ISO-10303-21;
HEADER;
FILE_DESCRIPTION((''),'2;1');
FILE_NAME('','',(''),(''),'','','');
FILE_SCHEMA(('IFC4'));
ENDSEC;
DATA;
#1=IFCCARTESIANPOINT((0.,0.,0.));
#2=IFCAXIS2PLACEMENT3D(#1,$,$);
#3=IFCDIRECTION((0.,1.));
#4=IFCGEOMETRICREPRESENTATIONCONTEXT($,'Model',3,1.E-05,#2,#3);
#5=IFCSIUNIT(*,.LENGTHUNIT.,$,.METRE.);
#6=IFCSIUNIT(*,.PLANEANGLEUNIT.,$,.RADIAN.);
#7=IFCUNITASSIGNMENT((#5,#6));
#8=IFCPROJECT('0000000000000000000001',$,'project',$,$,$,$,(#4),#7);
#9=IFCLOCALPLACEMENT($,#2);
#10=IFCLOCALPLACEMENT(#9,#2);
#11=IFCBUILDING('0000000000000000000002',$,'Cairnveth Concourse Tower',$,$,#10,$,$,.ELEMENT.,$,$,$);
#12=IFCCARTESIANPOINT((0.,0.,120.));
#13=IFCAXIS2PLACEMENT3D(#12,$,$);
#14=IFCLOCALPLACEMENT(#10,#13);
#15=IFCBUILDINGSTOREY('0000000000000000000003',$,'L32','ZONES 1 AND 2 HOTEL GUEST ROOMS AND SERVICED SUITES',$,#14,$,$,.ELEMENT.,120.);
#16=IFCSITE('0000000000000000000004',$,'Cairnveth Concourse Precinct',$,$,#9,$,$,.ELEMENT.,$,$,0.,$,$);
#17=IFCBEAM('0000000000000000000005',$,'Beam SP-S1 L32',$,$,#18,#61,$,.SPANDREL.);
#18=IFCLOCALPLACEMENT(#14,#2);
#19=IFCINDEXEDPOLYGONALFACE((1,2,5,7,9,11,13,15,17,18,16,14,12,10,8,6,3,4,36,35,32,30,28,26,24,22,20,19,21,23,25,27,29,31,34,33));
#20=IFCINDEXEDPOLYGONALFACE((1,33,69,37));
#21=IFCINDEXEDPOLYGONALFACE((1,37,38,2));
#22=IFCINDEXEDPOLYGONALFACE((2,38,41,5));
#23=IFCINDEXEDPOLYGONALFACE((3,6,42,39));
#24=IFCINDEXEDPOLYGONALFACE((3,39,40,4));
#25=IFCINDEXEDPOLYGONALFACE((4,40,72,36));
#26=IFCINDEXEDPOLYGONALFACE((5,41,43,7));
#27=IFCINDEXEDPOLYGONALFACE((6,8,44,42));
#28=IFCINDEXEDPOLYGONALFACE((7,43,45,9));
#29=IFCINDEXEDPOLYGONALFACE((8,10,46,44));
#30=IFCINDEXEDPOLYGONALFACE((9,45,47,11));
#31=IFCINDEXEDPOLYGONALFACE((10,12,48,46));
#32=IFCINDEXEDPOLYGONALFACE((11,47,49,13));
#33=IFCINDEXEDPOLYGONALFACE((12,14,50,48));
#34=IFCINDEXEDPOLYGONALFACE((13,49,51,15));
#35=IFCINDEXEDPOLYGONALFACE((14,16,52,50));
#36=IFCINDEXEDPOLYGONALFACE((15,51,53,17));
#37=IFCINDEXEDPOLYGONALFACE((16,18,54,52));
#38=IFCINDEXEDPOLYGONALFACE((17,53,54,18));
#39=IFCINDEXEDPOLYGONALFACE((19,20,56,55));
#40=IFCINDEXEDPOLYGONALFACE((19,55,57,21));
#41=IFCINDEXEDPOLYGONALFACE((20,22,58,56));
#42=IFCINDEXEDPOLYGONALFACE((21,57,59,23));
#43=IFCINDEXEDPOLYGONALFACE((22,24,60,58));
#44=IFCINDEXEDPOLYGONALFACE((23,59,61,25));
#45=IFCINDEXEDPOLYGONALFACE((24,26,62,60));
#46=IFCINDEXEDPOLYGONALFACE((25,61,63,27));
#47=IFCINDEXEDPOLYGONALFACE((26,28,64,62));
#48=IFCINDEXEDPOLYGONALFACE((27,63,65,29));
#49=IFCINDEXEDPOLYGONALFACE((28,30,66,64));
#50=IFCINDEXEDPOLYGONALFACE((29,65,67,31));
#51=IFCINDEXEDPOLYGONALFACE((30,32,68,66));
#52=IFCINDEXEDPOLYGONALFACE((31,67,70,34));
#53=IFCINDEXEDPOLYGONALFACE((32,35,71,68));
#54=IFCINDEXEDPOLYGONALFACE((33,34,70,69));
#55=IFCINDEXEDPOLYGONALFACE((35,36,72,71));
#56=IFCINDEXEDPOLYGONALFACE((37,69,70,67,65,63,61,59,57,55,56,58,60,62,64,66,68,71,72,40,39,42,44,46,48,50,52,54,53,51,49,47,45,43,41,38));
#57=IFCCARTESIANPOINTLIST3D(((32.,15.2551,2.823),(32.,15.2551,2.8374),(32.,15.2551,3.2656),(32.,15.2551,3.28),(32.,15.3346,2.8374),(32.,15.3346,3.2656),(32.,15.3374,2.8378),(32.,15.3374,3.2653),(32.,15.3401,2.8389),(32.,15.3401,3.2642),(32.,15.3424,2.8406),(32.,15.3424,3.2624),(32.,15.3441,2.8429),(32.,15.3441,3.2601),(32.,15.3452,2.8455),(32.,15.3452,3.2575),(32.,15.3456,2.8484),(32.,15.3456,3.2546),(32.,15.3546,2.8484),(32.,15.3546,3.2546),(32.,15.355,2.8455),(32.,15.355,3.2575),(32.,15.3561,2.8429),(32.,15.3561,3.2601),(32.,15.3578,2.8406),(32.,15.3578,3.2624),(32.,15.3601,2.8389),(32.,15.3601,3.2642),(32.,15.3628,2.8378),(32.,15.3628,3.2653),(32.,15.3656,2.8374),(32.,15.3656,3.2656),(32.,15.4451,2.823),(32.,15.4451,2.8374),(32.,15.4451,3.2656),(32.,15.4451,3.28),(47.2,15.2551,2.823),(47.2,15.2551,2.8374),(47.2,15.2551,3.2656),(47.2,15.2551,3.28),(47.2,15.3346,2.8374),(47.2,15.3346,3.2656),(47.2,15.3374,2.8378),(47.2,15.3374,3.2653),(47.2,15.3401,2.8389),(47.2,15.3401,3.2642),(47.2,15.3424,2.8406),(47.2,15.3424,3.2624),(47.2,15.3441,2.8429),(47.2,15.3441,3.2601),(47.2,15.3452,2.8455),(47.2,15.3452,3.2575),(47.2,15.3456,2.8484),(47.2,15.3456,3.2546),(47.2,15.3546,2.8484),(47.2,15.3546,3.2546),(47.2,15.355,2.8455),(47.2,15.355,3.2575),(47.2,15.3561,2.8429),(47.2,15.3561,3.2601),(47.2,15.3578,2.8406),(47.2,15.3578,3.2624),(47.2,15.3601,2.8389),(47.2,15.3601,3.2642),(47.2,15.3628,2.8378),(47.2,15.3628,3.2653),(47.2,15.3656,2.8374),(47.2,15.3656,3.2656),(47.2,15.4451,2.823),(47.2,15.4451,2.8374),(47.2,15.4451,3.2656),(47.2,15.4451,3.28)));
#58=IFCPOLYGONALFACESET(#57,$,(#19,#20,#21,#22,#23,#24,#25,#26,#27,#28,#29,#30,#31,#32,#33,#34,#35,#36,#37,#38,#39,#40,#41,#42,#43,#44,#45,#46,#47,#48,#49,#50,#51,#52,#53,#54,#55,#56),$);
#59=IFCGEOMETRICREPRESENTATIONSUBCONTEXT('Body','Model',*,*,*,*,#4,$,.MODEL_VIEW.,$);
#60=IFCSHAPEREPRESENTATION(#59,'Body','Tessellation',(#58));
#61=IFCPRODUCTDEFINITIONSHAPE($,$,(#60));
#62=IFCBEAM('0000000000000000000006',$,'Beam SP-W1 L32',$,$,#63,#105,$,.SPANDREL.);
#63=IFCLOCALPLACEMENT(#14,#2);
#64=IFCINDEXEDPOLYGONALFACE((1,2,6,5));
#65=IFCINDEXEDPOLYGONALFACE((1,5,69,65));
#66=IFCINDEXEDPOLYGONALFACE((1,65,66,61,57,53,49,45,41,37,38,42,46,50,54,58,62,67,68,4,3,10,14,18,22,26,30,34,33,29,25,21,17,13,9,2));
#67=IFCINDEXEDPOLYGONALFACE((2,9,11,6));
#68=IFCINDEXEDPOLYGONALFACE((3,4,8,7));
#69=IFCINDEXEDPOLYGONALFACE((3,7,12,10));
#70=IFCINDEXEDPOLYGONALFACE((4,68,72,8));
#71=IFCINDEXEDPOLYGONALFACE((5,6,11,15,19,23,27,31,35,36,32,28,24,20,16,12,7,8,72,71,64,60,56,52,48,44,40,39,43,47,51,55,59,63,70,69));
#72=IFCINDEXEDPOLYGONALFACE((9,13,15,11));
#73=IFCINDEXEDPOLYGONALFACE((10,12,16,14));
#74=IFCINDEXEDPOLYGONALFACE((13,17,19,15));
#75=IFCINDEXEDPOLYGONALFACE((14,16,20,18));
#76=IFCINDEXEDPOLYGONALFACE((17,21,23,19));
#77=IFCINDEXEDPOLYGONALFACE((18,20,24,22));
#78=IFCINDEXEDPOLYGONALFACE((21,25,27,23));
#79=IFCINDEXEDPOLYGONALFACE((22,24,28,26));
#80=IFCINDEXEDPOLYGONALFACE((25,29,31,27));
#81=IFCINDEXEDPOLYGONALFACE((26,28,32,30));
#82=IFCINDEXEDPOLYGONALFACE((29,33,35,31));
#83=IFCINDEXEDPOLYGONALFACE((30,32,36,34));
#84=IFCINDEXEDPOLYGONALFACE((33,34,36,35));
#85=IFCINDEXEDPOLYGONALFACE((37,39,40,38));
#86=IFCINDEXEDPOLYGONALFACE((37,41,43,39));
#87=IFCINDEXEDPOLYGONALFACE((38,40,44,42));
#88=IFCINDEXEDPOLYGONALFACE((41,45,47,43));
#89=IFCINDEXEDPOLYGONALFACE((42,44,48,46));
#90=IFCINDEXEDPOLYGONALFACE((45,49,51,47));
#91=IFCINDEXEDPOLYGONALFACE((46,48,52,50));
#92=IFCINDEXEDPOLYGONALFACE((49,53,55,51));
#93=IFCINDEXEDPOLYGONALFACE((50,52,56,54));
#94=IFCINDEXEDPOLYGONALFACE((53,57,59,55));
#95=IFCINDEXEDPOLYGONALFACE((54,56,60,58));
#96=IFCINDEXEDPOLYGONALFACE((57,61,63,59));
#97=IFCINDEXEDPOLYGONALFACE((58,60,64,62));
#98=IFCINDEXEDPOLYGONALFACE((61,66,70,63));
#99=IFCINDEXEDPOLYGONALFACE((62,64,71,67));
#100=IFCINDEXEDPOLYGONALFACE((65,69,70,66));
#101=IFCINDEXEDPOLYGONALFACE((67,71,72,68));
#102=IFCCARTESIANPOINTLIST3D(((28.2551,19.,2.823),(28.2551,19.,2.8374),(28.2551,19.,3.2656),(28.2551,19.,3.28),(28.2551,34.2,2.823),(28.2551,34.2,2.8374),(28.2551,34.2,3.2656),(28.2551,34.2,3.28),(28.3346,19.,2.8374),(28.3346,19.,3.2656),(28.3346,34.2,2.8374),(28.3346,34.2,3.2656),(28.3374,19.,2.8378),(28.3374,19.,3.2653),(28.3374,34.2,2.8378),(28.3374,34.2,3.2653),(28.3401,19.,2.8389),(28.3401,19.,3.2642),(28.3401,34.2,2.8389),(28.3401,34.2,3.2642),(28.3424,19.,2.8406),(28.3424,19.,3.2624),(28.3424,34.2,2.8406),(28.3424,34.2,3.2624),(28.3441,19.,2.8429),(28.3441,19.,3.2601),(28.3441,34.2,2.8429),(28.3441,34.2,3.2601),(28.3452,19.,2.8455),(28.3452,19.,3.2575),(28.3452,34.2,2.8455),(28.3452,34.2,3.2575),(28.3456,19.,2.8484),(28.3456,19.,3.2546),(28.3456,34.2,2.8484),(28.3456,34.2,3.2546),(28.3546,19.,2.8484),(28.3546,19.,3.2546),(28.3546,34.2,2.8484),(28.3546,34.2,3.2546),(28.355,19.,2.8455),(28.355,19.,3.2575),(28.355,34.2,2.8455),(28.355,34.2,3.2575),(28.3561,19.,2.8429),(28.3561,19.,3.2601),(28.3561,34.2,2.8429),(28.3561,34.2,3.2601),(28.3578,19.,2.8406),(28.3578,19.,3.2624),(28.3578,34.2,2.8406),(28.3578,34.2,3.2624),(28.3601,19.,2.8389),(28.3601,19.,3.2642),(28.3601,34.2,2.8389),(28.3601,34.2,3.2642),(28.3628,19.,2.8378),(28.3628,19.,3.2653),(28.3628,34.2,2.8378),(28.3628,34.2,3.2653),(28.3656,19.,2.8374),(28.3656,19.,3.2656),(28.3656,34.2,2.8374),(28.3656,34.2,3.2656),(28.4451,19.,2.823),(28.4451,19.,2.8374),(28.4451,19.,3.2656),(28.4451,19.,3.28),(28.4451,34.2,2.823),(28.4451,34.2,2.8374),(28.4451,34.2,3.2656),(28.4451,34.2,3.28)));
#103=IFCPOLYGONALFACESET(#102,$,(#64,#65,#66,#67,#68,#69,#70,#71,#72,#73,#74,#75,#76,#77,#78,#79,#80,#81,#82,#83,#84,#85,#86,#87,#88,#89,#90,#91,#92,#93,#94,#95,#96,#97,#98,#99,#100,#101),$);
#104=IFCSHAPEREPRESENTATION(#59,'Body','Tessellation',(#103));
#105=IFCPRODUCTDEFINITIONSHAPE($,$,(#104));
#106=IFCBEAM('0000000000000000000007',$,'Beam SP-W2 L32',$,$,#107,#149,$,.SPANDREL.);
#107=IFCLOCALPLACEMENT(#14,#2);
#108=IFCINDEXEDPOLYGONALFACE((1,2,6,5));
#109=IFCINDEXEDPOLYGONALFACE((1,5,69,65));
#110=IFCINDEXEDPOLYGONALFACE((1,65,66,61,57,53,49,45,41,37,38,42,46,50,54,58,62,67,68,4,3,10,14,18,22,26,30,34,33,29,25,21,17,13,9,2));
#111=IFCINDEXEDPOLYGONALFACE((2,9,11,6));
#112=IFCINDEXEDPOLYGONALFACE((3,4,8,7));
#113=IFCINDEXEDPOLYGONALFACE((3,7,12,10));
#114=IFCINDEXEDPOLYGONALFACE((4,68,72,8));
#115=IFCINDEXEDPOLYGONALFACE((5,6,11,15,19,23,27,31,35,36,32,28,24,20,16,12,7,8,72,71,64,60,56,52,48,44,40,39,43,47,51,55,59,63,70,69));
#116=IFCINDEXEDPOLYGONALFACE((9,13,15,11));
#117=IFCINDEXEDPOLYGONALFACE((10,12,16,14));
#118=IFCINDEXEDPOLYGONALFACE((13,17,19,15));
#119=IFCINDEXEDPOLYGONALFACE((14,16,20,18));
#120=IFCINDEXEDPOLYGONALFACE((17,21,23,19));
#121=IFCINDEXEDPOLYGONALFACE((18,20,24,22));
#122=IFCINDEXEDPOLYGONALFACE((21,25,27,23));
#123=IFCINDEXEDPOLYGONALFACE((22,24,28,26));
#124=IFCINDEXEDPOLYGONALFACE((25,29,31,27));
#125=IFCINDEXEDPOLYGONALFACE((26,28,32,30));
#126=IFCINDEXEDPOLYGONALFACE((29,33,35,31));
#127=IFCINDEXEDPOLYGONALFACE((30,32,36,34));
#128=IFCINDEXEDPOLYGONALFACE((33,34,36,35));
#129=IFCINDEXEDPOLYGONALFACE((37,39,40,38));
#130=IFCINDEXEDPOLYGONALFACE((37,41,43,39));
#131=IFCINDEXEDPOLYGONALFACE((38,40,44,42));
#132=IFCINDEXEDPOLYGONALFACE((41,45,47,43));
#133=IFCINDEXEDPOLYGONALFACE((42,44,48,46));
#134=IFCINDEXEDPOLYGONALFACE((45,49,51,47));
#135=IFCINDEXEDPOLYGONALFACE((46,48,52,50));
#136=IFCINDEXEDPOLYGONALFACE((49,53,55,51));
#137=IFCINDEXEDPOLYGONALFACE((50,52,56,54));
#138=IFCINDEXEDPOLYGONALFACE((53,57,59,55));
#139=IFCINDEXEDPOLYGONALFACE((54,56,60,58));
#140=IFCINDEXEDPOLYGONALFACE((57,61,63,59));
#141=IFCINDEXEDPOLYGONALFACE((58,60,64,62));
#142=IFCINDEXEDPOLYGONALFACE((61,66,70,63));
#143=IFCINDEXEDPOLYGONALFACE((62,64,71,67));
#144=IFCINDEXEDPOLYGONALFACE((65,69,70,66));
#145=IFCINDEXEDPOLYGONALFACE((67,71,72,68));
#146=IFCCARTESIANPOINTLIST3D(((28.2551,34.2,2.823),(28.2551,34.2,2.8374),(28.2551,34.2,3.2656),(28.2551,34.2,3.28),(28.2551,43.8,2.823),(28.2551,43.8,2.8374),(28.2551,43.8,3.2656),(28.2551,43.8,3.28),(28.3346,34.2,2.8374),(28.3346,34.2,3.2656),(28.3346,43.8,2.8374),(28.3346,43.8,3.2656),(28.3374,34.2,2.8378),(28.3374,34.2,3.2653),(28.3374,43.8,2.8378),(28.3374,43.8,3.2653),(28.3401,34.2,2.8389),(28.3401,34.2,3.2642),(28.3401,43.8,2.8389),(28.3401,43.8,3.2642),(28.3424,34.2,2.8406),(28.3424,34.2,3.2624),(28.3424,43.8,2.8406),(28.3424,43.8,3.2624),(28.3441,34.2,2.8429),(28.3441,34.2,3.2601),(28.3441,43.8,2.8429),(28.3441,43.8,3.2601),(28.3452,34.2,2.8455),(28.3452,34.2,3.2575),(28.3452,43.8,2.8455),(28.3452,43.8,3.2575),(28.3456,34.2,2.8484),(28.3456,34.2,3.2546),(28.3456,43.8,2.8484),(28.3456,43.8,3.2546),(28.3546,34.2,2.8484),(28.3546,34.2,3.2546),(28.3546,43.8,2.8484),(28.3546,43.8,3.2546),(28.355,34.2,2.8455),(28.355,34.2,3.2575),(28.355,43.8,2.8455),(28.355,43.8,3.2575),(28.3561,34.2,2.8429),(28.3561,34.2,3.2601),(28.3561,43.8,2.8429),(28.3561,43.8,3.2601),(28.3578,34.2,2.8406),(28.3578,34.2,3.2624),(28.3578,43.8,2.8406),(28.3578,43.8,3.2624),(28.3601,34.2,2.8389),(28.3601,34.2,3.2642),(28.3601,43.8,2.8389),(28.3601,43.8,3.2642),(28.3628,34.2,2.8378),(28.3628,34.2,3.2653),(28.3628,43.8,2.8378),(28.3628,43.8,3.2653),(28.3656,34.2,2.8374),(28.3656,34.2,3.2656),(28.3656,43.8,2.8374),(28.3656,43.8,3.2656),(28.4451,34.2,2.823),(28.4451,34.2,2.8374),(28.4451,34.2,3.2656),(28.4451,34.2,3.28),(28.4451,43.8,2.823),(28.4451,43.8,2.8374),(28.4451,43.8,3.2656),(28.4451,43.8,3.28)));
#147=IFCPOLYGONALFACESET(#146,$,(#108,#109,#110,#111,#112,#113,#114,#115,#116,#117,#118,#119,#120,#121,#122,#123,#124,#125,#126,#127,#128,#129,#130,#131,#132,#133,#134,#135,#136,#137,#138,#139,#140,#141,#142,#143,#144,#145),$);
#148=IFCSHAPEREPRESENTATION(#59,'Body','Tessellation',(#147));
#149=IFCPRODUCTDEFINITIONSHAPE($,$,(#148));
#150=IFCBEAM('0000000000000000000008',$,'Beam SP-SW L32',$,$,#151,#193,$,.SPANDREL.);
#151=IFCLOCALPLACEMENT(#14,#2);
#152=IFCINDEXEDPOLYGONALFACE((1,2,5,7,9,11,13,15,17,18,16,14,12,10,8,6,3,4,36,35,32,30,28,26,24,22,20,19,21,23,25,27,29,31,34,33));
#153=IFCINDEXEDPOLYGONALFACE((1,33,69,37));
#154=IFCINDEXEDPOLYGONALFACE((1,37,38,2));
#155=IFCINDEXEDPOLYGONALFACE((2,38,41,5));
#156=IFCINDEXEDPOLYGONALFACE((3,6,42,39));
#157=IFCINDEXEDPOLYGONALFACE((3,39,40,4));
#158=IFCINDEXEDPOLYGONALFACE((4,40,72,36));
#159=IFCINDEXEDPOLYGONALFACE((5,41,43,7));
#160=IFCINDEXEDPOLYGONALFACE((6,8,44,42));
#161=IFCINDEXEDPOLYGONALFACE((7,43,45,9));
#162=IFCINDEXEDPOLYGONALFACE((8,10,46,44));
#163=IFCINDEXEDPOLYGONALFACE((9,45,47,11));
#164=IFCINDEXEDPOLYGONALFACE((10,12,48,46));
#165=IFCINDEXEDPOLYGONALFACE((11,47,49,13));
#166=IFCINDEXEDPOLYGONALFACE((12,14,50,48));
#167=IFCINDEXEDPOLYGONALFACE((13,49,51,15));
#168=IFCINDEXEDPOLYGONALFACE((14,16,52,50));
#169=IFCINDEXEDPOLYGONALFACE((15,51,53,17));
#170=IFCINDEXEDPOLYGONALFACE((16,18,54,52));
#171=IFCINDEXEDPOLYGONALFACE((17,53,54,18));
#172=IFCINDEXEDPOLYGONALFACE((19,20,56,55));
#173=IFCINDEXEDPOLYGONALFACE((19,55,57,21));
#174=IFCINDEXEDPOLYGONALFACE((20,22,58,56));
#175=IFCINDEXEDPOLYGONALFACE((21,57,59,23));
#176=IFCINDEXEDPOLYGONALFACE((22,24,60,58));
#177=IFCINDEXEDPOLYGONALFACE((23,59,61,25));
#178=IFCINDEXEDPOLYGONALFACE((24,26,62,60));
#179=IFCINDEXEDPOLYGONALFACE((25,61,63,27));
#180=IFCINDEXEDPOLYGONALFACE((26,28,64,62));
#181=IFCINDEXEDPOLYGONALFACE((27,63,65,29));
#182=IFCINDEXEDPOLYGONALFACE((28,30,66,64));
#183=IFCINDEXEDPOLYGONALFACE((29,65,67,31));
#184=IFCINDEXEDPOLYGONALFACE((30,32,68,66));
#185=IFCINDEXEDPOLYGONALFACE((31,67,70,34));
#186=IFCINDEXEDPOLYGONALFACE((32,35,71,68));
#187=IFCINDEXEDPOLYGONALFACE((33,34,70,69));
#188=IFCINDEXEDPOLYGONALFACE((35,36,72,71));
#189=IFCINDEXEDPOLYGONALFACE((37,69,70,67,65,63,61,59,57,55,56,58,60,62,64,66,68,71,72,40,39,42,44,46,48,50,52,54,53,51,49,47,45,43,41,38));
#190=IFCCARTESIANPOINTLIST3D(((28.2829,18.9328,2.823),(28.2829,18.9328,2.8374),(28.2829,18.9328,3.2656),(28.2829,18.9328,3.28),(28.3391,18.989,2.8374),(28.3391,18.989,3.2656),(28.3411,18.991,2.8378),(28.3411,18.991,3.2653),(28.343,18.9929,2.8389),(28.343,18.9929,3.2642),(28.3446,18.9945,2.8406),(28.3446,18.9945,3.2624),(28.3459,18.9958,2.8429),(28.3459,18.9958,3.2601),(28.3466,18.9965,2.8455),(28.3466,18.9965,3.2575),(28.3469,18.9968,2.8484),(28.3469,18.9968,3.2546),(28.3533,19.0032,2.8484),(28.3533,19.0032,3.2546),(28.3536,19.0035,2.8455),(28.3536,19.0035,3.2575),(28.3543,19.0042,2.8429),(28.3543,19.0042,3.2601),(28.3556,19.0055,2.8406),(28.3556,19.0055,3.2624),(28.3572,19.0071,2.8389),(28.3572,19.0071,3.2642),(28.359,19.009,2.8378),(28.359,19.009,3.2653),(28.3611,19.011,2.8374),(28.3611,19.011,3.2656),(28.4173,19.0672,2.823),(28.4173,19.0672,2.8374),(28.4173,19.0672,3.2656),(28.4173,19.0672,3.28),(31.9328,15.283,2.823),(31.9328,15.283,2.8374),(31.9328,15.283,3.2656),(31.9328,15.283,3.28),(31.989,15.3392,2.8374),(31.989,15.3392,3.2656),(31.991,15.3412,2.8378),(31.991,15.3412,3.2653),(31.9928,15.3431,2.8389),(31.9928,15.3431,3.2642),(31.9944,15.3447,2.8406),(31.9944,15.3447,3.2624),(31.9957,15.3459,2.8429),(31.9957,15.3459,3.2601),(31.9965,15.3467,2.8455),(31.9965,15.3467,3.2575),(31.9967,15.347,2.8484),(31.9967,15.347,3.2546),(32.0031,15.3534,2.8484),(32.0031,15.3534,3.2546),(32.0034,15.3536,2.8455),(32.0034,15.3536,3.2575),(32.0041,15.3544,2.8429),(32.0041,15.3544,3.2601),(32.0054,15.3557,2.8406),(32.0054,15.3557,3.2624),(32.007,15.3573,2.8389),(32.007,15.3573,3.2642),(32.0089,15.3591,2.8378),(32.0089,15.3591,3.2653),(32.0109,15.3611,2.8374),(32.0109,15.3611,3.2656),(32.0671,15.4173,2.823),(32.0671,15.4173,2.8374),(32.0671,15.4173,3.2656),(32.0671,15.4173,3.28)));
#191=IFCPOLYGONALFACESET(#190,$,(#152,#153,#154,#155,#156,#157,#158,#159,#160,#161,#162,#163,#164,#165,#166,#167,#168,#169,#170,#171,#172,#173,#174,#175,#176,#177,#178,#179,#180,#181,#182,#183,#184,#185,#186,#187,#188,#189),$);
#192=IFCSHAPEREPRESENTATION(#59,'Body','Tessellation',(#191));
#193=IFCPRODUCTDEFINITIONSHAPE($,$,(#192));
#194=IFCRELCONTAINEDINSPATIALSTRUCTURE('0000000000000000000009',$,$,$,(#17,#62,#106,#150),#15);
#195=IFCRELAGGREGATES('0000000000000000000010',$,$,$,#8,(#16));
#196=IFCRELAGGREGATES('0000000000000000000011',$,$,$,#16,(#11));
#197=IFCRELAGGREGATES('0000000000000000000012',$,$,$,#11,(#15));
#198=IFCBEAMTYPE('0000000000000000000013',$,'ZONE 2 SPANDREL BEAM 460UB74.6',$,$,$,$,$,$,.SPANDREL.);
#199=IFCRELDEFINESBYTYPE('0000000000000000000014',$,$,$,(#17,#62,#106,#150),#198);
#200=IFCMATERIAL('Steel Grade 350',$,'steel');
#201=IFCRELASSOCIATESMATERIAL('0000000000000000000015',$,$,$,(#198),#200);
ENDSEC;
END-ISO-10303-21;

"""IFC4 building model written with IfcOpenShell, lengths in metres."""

from ifc_helpers import new_model, si_unit, direction, frame, origin, origin_2d, place, context, subcontext, project, spatial, i_section, extrude, material, material_profile, profile_set, type_object, element, save


model = new_model("IFC4")

# Units and contexts
model_context = context("Model", 3, precision=1e-05, world=origin(), true_north=direction((0.0, 1.0)))
body_context = subcontext(model_context, "Body", "Model", "MODEL_VIEW")
ifc_project = project(units=[si_unit("LENGTHUNIT", "METRE"), si_unit("PLANEANGLEUNIT", "RADIAN")], contexts=[model_context])

# Site, building, storey
site_placement = place(None, origin())
site = spatial("IfcSite", under=ifc_project, at=site_placement, Name="Cairnveth Concourse Precinct", CompositionType="ELEMENT", RefElevation=0.0)
building_placement = place(site_placement, origin())
building = spatial("IfcBuilding", under=site, at=building_placement, Name="Cairnveth Concourse Tower", CompositionType="ELEMENT")
storey_placement = place(building_placement, frame((0.0, 0.0, 120.0)))
storey = spatial("IfcBuildingStorey", under=building, at=storey_placement, Name="L32", Description="ZONES 1 AND 2 HOTEL GUEST ROOMS AND SERVICED SUITES", CompositionType="ELEMENT", Elevation=120.0)

# Shared definitions
ifc_material_1 = material(Name="Steel Grade 350", Category="steel")

# Beams
ifc_material_profile_1 = material_profile(ifc_material_1, i_section(OverallWidth=0.1899, OverallDepth=0.457, WebThickness=0.009, FlangeThickness=0.0144, FilletRadius=0.011, at=origin_2d()), Name="460UB74.6")
ifc_profile_set_1 = profile_set([ifc_material_profile_1], Name="Steel Grade 350")
beam_type_1 = type_object("IfcBeamType", Name="ZONE 2 SPANDREL BEAM 460UB74.6", PredefinedType="SPANDREL", material=ifc_profile_set_1)
for number, where, z_axis, x_axis, name in (
    (1, (32.0, 15.3501, 3.0515), (1.0, 0.0, 0.0), (0.0, 1.0, 0.0), "Beam SP-S1 L32"),
    (2, (28.3501, 19.0, 3.0515), (0.0, 1.0, 0.0), (-1.0, 0.0, 0.0), "Beam SP-W1 L32"),
):
    element("IfcBeam", number, at=place(storey_placement, frame(where, z_axis=z_axis, x_axis=x_axis)), inside=storey, type_object=beam_type_1, Name=name, PredefinedType="SPANDREL", context=body_context, shape_type="SweptSolid", body=[
        extrude(i_section(OverallWidth=0.1899, OverallDepth=0.457, WebThickness=0.009, FlangeThickness=0.0144, FilletRadius=0.011, at=origin_2d()), origin(), (0.0, 0.0, 1.0), 15.2),
    ])
beam_1_placement = place(storey_placement, frame((28.3501, 34.2, 3.0515), z_axis=(0.0, 1.0, 0.0), x_axis=(-1.0, 0.0, 0.0)))
element("IfcBeam", 3, at=beam_1_placement, inside=storey, type_object=beam_type_1, Name="Beam SP-W2 L32", PredefinedType="SPANDREL", context=body_context, shape_type="SweptSolid", body=[
    extrude(i_section(OverallWidth=0.1899, OverallDepth=0.457, WebThickness=0.009, FlangeThickness=0.0144, FilletRadius=0.011, at=origin_2d()), origin(), (0.0, 0.0, 1.0), 9.6001),
])
beam_2_placement = place(storey_placement, frame((28.3501, 19.0, 3.0515), z_axis=(0.707107, -0.707107, 0.0), x_axis=(0.707107, 0.707107, 0.0)))
element("IfcBeam", 4, at=beam_2_placement, inside=storey, type_object=beam_type_1, Name="Beam SP-SW L32", PredefinedType="SPANDREL", context=body_context, shape_type="SweptSolid", body=[
    extrude(i_section(OverallWidth=0.1899, OverallDepth=0.457, WebThickness=0.009, FlangeThickness=0.0144, FilletRadius=0.011, at=origin_2d()), origin(), (0.0, 0.0, 1.0), 5.1616),
])

save(model, "model.ifc")
